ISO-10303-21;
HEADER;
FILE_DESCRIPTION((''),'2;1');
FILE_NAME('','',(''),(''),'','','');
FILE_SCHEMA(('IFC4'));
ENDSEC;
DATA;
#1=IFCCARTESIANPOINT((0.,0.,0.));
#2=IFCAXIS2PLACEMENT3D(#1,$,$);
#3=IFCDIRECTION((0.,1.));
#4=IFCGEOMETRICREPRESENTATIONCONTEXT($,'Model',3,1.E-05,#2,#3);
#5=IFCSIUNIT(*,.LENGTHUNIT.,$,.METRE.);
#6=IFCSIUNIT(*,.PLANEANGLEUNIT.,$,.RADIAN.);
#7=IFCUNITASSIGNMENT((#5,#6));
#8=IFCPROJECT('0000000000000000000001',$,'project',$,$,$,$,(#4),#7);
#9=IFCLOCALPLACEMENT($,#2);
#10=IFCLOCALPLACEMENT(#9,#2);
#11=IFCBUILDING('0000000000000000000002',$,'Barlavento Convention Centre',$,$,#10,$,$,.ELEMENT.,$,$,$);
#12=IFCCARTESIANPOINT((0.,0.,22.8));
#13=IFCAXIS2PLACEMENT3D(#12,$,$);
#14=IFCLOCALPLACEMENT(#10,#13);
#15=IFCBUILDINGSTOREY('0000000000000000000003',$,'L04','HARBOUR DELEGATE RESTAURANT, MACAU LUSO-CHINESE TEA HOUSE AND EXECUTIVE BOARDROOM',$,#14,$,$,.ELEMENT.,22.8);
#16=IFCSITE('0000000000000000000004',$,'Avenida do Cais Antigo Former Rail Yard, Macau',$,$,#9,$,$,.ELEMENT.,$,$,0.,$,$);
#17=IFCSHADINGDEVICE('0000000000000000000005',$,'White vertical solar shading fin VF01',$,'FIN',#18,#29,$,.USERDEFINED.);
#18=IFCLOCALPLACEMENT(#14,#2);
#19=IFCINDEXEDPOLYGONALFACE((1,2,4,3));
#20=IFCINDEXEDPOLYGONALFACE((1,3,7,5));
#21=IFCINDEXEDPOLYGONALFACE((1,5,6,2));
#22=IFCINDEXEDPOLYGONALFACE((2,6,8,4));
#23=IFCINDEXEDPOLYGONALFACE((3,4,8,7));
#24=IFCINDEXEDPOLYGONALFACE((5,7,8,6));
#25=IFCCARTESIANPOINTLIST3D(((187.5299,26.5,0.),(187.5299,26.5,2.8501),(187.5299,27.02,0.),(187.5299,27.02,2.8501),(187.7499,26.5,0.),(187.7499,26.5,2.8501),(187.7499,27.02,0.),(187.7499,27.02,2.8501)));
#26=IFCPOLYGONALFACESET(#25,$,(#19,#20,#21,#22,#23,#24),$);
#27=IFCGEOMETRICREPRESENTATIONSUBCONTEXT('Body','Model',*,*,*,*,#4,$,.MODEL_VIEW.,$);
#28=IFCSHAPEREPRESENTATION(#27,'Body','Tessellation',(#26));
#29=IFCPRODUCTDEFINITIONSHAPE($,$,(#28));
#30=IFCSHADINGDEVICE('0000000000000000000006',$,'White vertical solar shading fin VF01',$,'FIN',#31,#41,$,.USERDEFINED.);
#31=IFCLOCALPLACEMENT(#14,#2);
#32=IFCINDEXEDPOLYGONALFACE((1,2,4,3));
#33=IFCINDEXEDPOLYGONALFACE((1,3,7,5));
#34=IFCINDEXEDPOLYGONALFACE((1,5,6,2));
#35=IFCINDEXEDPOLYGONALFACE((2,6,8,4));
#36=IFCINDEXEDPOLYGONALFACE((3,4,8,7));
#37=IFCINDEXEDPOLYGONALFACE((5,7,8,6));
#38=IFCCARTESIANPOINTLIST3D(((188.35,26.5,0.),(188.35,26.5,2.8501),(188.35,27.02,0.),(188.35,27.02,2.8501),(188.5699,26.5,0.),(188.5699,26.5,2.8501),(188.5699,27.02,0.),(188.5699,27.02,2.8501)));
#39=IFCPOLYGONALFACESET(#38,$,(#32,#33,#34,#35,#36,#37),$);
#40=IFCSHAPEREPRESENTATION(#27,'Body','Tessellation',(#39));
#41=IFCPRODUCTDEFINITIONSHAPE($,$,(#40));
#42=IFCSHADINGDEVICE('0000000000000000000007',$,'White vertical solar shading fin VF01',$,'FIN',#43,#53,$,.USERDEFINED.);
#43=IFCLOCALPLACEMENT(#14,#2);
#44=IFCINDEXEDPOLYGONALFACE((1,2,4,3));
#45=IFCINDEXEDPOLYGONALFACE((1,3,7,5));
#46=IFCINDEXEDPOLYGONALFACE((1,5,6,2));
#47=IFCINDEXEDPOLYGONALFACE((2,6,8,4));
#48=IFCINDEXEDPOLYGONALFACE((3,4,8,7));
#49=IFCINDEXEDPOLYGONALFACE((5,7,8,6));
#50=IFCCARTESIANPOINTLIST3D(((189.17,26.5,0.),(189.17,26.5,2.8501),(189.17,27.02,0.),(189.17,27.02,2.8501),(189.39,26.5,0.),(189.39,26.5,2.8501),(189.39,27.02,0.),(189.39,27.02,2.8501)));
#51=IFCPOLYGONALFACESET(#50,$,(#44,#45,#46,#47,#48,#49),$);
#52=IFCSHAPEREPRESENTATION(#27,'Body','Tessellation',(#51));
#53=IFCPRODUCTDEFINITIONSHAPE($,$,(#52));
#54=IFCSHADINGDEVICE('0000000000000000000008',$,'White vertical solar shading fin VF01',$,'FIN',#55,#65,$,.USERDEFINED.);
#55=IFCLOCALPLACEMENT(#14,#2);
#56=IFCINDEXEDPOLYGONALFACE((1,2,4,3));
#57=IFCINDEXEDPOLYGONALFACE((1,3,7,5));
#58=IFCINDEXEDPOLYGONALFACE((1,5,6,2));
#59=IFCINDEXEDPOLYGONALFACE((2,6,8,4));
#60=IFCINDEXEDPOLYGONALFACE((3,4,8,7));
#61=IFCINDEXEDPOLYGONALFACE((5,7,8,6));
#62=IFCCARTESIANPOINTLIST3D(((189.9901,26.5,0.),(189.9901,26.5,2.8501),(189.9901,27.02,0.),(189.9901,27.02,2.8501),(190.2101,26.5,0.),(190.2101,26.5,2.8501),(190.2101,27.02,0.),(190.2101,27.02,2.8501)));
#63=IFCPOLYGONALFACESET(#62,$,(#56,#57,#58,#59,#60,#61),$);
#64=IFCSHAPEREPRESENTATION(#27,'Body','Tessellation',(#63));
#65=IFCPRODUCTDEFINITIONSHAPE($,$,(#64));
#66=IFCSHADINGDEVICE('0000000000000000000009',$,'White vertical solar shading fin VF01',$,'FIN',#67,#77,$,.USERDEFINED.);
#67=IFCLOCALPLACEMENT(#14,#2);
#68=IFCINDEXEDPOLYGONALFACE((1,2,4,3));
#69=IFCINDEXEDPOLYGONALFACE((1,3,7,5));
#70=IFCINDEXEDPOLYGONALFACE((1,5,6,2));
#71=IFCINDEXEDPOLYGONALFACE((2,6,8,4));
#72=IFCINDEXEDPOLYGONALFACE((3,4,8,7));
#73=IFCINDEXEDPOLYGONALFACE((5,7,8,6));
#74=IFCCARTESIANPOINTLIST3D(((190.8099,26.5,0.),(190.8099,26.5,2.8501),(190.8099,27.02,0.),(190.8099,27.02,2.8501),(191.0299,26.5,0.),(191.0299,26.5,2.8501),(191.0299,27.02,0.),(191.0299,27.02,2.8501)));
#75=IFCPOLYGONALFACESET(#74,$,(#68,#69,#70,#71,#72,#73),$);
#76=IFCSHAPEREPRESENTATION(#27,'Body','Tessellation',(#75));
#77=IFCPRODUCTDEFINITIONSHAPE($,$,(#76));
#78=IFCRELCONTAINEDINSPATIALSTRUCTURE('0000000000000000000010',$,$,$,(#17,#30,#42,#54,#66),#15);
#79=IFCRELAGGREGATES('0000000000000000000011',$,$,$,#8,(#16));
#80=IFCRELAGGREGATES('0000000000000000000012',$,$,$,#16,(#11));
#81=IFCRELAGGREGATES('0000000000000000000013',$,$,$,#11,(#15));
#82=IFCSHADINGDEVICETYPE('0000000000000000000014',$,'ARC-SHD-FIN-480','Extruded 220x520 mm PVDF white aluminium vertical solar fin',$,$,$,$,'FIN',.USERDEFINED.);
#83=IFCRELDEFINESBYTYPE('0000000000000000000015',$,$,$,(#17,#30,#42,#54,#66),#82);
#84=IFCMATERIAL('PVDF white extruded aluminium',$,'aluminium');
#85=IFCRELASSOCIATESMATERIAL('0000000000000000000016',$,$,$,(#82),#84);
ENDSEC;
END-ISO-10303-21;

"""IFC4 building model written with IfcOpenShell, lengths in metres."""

from ifc_helpers import new_model, si_unit, direction, frame, origin, origin_2d, place, context, subcontext, project, spatial, rectangle, extrude, material, type_object, element, save


model = new_model("IFC4")

# Units and contexts
model_context = context("Model", 3, precision=1e-05, world=origin(), true_north=direction((0.0, 1.0)))
body_context = subcontext(model_context, "Body", "Model", "MODEL_VIEW")
ifc_project = project(units=[si_unit("LENGTHUNIT", "METRE"), si_unit("PLANEANGLEUNIT", "RADIAN")], contexts=[model_context])

# Site, building, storey
site_placement = place(None, origin())
site = spatial("IfcSite", under=ifc_project, at=site_placement, Name="Avenida do Cais Antigo Former Rail Yard, Macau", CompositionType="ELEMENT", RefElevation=0.0)
building_placement = place(site_placement, origin())
building = spatial("IfcBuilding", under=site, at=building_placement, Name="Barlavento Convention Centre", CompositionType="ELEMENT")
storey_placement = place(building_placement, frame((0.0, 0.0, 22.8)))
storey = spatial("IfcBuildingStorey", under=building, at=storey_placement, Name="L04", Description="HARBOUR DELEGATE RESTAURANT, MACAU LUSO-CHINESE TEA HOUSE AND EXECUTIVE BOARDROOM", CompositionType="ELEMENT", Elevation=22.8)

# Shading devices
ifc_material_1 = material(Name="PVDF white extruded aluminium", Category="aluminium")
shading_device_type = type_object("IfcShadingDeviceType", Name="ARC-SHD-FIN-480", Description="Extruded 220x520 mm PVDF white aluminium vertical solar fin", ElementType="FIN", PredefinedType="USERDEFINED", material=ifc_material_1)
for number, where, z_axis, x_axis, name in (
    (1, (187.6399, 26.76, 0.0), (0.0, 0.0, 1.0), (1.0, 0.0, 0.0), "White vertical solar shading fin VF01"),
    (2, (188.46, 26.76, 0.0), (0.0, 0.0, 1.0), (1.0, 0.0, 0.0), "White vertical solar shading fin VF01"),
    (3, (189.28, 26.76, 0.0), (0.0, 0.0, 1.0), (1.0, 0.0, 0.0), "White vertical solar shading fin VF01"),
    (4, (190.1001, 26.76, 0.0), (0.0, 0.0, 1.0), (1.0, 0.0, 0.0), "White vertical solar shading fin VF01"),
    (5, (190.9199, 26.76, 0.0), (0.0, 0.0, 1.0), (1.0, 0.0, 0.0), "White vertical solar shading fin VF01"),
):
    element("IfcShadingDevice", number, at=place(storey_placement, frame(where, z_axis=z_axis, x_axis=x_axis)), inside=storey, type_object=shading_device_type, Name=name, ObjectType="FIN", PredefinedType="USERDEFINED", context=body_context, shape_type="SweptSolid", body=[
        extrude(rectangle(XDim=0.22, YDim=0.52, at=origin_2d()), origin(), (0.0, 0.0, 1.0), 2.8501),
    ])

save(model, "model.ifc")
